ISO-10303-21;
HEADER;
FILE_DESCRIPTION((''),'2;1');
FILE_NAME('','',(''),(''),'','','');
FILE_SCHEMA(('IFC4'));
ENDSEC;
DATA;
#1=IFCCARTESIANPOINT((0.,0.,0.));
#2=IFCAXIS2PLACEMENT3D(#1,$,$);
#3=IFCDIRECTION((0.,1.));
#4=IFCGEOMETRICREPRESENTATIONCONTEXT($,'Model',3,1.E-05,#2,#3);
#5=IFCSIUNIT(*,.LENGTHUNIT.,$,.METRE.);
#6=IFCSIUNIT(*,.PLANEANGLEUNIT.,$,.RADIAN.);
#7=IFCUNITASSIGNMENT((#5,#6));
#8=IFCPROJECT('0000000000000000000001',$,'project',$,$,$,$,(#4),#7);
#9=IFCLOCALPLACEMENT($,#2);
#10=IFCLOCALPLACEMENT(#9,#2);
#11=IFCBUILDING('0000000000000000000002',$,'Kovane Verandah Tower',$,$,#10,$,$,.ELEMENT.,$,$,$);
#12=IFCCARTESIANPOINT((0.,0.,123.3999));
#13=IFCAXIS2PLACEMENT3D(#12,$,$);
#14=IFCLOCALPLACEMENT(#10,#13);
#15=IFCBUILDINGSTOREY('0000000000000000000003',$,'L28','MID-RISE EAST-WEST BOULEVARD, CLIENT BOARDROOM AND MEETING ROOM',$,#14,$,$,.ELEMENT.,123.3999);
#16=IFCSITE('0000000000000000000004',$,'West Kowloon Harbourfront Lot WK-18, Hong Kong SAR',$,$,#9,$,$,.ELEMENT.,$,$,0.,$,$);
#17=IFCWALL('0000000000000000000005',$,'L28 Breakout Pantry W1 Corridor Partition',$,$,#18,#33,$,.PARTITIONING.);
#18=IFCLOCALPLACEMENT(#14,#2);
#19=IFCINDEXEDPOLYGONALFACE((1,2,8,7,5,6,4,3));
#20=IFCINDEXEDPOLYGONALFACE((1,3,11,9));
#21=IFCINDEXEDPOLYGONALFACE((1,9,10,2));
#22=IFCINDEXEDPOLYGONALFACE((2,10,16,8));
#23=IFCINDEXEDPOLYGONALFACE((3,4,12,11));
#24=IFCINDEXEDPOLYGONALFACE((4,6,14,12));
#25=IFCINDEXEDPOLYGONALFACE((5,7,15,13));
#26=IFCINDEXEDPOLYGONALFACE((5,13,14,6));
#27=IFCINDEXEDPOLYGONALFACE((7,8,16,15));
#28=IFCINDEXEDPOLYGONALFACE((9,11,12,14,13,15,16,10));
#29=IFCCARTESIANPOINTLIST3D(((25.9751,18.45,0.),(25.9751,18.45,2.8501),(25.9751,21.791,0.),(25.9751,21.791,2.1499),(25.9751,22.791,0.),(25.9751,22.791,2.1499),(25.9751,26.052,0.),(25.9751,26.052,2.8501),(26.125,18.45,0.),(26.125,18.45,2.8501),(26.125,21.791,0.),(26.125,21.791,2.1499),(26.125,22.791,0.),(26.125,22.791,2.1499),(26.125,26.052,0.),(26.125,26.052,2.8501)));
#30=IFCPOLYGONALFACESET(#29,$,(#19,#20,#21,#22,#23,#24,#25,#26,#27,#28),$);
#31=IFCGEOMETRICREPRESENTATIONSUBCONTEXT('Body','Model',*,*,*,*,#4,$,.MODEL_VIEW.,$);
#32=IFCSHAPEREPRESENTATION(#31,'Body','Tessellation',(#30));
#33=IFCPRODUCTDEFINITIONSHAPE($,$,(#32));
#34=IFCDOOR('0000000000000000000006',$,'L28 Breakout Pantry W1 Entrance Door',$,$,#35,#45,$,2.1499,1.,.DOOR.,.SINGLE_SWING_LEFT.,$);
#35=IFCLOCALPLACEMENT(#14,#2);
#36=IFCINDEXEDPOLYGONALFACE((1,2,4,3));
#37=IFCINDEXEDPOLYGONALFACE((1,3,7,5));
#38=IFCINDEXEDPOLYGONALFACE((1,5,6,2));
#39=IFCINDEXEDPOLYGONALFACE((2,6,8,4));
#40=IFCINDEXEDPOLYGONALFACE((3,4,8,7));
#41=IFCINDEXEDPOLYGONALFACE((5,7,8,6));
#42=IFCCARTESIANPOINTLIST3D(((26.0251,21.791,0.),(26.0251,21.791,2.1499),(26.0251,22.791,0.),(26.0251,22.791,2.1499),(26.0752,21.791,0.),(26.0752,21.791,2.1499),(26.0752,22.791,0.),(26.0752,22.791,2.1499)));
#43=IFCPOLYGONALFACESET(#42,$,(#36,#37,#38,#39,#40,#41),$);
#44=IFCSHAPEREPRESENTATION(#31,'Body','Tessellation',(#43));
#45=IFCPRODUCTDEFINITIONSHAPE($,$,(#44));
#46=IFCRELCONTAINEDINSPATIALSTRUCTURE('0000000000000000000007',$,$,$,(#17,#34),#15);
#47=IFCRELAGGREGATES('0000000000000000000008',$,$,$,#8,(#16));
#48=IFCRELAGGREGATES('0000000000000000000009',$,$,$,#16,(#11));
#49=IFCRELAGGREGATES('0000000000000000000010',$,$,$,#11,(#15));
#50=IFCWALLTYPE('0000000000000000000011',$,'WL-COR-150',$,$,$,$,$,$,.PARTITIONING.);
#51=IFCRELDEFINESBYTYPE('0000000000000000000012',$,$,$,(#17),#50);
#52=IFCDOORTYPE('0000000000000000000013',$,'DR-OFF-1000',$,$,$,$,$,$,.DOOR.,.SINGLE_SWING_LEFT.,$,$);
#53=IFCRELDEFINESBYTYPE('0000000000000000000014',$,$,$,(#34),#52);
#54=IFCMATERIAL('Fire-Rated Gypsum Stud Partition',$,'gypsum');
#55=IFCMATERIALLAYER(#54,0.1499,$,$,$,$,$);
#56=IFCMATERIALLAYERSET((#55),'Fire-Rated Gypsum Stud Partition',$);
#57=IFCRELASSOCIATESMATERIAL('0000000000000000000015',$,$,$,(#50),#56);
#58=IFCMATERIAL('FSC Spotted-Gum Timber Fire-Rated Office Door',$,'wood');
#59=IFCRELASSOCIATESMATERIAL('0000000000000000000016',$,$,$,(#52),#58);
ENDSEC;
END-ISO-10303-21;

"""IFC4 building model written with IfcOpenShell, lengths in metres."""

from ifc_helpers import new_model, si_unit, direction, frame, frame_2d, origin, place, context, subcontext, project, spatial, rectangle, extrude, material, layer, layer_set, type_object, element, fill, save


model = new_model("IFC4")

# Units and contexts
model_context = context("Model", 3, precision=1e-05, world=origin(), true_north=direction((0.0, 1.0)))
body_context = subcontext(model_context, "Body", "Model", "MODEL_VIEW")
ifc_project = project(units=[si_unit("LENGTHUNIT", "METRE"), si_unit("PLANEANGLEUNIT", "RADIAN")], contexts=[model_context])

# Site, building, storey
site_placement = place(None, origin())
site = spatial("IfcSite", under=ifc_project, at=site_placement, Name="West Kowloon Harbourfront Lot WK-18, Hong Kong SAR", CompositionType="ELEMENT", RefElevation=0.0)
building_placement = place(site_placement, origin())
building = spatial("IfcBuilding", under=site, at=building_placement, Name="Kovane Verandah Tower", CompositionType="ELEMENT")
storey_placement = place(building_placement, frame((0.0, 0.0, 123.3999)))
storey = spatial("IfcBuildingStorey", under=building, at=storey_placement, Name="L28", Description="MID-RISE EAST-WEST BOULEVARD, CLIENT BOARDROOM AND MEETING ROOM", CompositionType="ELEMENT", Elevation=123.3999)

# Wall, opening, door
ifc_material_1 = material(Name="Fire-Rated Gypsum Stud Partition", Category="gypsum")
ifc_layer_1 = layer(ifc_material_1, 0.1499)
ifc_layer_set_1 = layer_set([ifc_layer_1], Name="Fire-Rated Gypsum Stud Partition")
wall_type = type_object("IfcWallType", Name="WL-COR-150", PredefinedType="PARTITIONING", material=ifc_layer_set_1)
ifc_material_2 = material(Name="FSC Spotted-Gum Timber Fire-Rated Office Door", Category="wood")
door_type = type_object("IfcDoorType", Name="DR-OFF-1000", OperationType="SINGLE_SWING_LEFT", PredefinedType="DOOR", material=ifc_material_2)
wall_1_placement = place(storey_placement, frame((26.05, 18.45, 0.0), z_axis=(0.0, 0.0, 1.0), x_axis=(0.0, 1.0, 0.0)))
wall_1 = element("IfcWall", 1, at=wall_1_placement, inside=storey, type_object=wall_type, Name="L28 Breakout Pantry W1 Corridor Partition", PredefinedType="PARTITIONING", context=body_context, shape_type="SweptSolid", body=[
    extrude(rectangle(XDim=7.6021, YDim=0.1499, at=frame_2d((3.801, 0.0))), origin(), (0.0, 0.0, 1.0), 2.8501),
])
opening_1_placement = place(wall_1_placement, frame((3.3411, 0.0, 0.0)))
opening_1 = element("IfcOpeningElement", 2, at=opening_1_placement, cuts=wall_1, PredefinedType="OPENING", context=body_context, shape_type="SweptSolid", body=[
    extrude(rectangle(XDim=1.0, YDim=2.1499, at=frame_2d((0.5, 1.075))), frame((0.0, 0.075, 0.0), z_axis=(0.0, -1.0, 0.0), x_axis=(1.0, 0.0, 0.0)), (0.0, 0.0, 1.0), 0.1499),
])
door_1_placement = place(opening_1_placement, origin())
door_1 = element("IfcDoor", 3, at=door_1_placement, inside=storey, type_object=door_type, Name="L28 Breakout Pantry W1 Entrance Door", OperationType="SINGLE_SWING_LEFT", OverallHeight=2.1499, OverallWidth=1.0, PredefinedType="DOOR", context=body_context, shape_type="SweptSolid", body=[
    extrude(rectangle(XDim=1.0, YDim=2.1499, at=frame_2d((0.5, 1.075))), frame((0.0, 0.0249, 0.0), z_axis=(0.0, -1.0, 0.0), x_axis=(1.0, 0.0, 0.0)), (0.0, 0.0, 1.0), 0.05),
])
fill(opening_1, door_1)

save(model, "model.ifc")
